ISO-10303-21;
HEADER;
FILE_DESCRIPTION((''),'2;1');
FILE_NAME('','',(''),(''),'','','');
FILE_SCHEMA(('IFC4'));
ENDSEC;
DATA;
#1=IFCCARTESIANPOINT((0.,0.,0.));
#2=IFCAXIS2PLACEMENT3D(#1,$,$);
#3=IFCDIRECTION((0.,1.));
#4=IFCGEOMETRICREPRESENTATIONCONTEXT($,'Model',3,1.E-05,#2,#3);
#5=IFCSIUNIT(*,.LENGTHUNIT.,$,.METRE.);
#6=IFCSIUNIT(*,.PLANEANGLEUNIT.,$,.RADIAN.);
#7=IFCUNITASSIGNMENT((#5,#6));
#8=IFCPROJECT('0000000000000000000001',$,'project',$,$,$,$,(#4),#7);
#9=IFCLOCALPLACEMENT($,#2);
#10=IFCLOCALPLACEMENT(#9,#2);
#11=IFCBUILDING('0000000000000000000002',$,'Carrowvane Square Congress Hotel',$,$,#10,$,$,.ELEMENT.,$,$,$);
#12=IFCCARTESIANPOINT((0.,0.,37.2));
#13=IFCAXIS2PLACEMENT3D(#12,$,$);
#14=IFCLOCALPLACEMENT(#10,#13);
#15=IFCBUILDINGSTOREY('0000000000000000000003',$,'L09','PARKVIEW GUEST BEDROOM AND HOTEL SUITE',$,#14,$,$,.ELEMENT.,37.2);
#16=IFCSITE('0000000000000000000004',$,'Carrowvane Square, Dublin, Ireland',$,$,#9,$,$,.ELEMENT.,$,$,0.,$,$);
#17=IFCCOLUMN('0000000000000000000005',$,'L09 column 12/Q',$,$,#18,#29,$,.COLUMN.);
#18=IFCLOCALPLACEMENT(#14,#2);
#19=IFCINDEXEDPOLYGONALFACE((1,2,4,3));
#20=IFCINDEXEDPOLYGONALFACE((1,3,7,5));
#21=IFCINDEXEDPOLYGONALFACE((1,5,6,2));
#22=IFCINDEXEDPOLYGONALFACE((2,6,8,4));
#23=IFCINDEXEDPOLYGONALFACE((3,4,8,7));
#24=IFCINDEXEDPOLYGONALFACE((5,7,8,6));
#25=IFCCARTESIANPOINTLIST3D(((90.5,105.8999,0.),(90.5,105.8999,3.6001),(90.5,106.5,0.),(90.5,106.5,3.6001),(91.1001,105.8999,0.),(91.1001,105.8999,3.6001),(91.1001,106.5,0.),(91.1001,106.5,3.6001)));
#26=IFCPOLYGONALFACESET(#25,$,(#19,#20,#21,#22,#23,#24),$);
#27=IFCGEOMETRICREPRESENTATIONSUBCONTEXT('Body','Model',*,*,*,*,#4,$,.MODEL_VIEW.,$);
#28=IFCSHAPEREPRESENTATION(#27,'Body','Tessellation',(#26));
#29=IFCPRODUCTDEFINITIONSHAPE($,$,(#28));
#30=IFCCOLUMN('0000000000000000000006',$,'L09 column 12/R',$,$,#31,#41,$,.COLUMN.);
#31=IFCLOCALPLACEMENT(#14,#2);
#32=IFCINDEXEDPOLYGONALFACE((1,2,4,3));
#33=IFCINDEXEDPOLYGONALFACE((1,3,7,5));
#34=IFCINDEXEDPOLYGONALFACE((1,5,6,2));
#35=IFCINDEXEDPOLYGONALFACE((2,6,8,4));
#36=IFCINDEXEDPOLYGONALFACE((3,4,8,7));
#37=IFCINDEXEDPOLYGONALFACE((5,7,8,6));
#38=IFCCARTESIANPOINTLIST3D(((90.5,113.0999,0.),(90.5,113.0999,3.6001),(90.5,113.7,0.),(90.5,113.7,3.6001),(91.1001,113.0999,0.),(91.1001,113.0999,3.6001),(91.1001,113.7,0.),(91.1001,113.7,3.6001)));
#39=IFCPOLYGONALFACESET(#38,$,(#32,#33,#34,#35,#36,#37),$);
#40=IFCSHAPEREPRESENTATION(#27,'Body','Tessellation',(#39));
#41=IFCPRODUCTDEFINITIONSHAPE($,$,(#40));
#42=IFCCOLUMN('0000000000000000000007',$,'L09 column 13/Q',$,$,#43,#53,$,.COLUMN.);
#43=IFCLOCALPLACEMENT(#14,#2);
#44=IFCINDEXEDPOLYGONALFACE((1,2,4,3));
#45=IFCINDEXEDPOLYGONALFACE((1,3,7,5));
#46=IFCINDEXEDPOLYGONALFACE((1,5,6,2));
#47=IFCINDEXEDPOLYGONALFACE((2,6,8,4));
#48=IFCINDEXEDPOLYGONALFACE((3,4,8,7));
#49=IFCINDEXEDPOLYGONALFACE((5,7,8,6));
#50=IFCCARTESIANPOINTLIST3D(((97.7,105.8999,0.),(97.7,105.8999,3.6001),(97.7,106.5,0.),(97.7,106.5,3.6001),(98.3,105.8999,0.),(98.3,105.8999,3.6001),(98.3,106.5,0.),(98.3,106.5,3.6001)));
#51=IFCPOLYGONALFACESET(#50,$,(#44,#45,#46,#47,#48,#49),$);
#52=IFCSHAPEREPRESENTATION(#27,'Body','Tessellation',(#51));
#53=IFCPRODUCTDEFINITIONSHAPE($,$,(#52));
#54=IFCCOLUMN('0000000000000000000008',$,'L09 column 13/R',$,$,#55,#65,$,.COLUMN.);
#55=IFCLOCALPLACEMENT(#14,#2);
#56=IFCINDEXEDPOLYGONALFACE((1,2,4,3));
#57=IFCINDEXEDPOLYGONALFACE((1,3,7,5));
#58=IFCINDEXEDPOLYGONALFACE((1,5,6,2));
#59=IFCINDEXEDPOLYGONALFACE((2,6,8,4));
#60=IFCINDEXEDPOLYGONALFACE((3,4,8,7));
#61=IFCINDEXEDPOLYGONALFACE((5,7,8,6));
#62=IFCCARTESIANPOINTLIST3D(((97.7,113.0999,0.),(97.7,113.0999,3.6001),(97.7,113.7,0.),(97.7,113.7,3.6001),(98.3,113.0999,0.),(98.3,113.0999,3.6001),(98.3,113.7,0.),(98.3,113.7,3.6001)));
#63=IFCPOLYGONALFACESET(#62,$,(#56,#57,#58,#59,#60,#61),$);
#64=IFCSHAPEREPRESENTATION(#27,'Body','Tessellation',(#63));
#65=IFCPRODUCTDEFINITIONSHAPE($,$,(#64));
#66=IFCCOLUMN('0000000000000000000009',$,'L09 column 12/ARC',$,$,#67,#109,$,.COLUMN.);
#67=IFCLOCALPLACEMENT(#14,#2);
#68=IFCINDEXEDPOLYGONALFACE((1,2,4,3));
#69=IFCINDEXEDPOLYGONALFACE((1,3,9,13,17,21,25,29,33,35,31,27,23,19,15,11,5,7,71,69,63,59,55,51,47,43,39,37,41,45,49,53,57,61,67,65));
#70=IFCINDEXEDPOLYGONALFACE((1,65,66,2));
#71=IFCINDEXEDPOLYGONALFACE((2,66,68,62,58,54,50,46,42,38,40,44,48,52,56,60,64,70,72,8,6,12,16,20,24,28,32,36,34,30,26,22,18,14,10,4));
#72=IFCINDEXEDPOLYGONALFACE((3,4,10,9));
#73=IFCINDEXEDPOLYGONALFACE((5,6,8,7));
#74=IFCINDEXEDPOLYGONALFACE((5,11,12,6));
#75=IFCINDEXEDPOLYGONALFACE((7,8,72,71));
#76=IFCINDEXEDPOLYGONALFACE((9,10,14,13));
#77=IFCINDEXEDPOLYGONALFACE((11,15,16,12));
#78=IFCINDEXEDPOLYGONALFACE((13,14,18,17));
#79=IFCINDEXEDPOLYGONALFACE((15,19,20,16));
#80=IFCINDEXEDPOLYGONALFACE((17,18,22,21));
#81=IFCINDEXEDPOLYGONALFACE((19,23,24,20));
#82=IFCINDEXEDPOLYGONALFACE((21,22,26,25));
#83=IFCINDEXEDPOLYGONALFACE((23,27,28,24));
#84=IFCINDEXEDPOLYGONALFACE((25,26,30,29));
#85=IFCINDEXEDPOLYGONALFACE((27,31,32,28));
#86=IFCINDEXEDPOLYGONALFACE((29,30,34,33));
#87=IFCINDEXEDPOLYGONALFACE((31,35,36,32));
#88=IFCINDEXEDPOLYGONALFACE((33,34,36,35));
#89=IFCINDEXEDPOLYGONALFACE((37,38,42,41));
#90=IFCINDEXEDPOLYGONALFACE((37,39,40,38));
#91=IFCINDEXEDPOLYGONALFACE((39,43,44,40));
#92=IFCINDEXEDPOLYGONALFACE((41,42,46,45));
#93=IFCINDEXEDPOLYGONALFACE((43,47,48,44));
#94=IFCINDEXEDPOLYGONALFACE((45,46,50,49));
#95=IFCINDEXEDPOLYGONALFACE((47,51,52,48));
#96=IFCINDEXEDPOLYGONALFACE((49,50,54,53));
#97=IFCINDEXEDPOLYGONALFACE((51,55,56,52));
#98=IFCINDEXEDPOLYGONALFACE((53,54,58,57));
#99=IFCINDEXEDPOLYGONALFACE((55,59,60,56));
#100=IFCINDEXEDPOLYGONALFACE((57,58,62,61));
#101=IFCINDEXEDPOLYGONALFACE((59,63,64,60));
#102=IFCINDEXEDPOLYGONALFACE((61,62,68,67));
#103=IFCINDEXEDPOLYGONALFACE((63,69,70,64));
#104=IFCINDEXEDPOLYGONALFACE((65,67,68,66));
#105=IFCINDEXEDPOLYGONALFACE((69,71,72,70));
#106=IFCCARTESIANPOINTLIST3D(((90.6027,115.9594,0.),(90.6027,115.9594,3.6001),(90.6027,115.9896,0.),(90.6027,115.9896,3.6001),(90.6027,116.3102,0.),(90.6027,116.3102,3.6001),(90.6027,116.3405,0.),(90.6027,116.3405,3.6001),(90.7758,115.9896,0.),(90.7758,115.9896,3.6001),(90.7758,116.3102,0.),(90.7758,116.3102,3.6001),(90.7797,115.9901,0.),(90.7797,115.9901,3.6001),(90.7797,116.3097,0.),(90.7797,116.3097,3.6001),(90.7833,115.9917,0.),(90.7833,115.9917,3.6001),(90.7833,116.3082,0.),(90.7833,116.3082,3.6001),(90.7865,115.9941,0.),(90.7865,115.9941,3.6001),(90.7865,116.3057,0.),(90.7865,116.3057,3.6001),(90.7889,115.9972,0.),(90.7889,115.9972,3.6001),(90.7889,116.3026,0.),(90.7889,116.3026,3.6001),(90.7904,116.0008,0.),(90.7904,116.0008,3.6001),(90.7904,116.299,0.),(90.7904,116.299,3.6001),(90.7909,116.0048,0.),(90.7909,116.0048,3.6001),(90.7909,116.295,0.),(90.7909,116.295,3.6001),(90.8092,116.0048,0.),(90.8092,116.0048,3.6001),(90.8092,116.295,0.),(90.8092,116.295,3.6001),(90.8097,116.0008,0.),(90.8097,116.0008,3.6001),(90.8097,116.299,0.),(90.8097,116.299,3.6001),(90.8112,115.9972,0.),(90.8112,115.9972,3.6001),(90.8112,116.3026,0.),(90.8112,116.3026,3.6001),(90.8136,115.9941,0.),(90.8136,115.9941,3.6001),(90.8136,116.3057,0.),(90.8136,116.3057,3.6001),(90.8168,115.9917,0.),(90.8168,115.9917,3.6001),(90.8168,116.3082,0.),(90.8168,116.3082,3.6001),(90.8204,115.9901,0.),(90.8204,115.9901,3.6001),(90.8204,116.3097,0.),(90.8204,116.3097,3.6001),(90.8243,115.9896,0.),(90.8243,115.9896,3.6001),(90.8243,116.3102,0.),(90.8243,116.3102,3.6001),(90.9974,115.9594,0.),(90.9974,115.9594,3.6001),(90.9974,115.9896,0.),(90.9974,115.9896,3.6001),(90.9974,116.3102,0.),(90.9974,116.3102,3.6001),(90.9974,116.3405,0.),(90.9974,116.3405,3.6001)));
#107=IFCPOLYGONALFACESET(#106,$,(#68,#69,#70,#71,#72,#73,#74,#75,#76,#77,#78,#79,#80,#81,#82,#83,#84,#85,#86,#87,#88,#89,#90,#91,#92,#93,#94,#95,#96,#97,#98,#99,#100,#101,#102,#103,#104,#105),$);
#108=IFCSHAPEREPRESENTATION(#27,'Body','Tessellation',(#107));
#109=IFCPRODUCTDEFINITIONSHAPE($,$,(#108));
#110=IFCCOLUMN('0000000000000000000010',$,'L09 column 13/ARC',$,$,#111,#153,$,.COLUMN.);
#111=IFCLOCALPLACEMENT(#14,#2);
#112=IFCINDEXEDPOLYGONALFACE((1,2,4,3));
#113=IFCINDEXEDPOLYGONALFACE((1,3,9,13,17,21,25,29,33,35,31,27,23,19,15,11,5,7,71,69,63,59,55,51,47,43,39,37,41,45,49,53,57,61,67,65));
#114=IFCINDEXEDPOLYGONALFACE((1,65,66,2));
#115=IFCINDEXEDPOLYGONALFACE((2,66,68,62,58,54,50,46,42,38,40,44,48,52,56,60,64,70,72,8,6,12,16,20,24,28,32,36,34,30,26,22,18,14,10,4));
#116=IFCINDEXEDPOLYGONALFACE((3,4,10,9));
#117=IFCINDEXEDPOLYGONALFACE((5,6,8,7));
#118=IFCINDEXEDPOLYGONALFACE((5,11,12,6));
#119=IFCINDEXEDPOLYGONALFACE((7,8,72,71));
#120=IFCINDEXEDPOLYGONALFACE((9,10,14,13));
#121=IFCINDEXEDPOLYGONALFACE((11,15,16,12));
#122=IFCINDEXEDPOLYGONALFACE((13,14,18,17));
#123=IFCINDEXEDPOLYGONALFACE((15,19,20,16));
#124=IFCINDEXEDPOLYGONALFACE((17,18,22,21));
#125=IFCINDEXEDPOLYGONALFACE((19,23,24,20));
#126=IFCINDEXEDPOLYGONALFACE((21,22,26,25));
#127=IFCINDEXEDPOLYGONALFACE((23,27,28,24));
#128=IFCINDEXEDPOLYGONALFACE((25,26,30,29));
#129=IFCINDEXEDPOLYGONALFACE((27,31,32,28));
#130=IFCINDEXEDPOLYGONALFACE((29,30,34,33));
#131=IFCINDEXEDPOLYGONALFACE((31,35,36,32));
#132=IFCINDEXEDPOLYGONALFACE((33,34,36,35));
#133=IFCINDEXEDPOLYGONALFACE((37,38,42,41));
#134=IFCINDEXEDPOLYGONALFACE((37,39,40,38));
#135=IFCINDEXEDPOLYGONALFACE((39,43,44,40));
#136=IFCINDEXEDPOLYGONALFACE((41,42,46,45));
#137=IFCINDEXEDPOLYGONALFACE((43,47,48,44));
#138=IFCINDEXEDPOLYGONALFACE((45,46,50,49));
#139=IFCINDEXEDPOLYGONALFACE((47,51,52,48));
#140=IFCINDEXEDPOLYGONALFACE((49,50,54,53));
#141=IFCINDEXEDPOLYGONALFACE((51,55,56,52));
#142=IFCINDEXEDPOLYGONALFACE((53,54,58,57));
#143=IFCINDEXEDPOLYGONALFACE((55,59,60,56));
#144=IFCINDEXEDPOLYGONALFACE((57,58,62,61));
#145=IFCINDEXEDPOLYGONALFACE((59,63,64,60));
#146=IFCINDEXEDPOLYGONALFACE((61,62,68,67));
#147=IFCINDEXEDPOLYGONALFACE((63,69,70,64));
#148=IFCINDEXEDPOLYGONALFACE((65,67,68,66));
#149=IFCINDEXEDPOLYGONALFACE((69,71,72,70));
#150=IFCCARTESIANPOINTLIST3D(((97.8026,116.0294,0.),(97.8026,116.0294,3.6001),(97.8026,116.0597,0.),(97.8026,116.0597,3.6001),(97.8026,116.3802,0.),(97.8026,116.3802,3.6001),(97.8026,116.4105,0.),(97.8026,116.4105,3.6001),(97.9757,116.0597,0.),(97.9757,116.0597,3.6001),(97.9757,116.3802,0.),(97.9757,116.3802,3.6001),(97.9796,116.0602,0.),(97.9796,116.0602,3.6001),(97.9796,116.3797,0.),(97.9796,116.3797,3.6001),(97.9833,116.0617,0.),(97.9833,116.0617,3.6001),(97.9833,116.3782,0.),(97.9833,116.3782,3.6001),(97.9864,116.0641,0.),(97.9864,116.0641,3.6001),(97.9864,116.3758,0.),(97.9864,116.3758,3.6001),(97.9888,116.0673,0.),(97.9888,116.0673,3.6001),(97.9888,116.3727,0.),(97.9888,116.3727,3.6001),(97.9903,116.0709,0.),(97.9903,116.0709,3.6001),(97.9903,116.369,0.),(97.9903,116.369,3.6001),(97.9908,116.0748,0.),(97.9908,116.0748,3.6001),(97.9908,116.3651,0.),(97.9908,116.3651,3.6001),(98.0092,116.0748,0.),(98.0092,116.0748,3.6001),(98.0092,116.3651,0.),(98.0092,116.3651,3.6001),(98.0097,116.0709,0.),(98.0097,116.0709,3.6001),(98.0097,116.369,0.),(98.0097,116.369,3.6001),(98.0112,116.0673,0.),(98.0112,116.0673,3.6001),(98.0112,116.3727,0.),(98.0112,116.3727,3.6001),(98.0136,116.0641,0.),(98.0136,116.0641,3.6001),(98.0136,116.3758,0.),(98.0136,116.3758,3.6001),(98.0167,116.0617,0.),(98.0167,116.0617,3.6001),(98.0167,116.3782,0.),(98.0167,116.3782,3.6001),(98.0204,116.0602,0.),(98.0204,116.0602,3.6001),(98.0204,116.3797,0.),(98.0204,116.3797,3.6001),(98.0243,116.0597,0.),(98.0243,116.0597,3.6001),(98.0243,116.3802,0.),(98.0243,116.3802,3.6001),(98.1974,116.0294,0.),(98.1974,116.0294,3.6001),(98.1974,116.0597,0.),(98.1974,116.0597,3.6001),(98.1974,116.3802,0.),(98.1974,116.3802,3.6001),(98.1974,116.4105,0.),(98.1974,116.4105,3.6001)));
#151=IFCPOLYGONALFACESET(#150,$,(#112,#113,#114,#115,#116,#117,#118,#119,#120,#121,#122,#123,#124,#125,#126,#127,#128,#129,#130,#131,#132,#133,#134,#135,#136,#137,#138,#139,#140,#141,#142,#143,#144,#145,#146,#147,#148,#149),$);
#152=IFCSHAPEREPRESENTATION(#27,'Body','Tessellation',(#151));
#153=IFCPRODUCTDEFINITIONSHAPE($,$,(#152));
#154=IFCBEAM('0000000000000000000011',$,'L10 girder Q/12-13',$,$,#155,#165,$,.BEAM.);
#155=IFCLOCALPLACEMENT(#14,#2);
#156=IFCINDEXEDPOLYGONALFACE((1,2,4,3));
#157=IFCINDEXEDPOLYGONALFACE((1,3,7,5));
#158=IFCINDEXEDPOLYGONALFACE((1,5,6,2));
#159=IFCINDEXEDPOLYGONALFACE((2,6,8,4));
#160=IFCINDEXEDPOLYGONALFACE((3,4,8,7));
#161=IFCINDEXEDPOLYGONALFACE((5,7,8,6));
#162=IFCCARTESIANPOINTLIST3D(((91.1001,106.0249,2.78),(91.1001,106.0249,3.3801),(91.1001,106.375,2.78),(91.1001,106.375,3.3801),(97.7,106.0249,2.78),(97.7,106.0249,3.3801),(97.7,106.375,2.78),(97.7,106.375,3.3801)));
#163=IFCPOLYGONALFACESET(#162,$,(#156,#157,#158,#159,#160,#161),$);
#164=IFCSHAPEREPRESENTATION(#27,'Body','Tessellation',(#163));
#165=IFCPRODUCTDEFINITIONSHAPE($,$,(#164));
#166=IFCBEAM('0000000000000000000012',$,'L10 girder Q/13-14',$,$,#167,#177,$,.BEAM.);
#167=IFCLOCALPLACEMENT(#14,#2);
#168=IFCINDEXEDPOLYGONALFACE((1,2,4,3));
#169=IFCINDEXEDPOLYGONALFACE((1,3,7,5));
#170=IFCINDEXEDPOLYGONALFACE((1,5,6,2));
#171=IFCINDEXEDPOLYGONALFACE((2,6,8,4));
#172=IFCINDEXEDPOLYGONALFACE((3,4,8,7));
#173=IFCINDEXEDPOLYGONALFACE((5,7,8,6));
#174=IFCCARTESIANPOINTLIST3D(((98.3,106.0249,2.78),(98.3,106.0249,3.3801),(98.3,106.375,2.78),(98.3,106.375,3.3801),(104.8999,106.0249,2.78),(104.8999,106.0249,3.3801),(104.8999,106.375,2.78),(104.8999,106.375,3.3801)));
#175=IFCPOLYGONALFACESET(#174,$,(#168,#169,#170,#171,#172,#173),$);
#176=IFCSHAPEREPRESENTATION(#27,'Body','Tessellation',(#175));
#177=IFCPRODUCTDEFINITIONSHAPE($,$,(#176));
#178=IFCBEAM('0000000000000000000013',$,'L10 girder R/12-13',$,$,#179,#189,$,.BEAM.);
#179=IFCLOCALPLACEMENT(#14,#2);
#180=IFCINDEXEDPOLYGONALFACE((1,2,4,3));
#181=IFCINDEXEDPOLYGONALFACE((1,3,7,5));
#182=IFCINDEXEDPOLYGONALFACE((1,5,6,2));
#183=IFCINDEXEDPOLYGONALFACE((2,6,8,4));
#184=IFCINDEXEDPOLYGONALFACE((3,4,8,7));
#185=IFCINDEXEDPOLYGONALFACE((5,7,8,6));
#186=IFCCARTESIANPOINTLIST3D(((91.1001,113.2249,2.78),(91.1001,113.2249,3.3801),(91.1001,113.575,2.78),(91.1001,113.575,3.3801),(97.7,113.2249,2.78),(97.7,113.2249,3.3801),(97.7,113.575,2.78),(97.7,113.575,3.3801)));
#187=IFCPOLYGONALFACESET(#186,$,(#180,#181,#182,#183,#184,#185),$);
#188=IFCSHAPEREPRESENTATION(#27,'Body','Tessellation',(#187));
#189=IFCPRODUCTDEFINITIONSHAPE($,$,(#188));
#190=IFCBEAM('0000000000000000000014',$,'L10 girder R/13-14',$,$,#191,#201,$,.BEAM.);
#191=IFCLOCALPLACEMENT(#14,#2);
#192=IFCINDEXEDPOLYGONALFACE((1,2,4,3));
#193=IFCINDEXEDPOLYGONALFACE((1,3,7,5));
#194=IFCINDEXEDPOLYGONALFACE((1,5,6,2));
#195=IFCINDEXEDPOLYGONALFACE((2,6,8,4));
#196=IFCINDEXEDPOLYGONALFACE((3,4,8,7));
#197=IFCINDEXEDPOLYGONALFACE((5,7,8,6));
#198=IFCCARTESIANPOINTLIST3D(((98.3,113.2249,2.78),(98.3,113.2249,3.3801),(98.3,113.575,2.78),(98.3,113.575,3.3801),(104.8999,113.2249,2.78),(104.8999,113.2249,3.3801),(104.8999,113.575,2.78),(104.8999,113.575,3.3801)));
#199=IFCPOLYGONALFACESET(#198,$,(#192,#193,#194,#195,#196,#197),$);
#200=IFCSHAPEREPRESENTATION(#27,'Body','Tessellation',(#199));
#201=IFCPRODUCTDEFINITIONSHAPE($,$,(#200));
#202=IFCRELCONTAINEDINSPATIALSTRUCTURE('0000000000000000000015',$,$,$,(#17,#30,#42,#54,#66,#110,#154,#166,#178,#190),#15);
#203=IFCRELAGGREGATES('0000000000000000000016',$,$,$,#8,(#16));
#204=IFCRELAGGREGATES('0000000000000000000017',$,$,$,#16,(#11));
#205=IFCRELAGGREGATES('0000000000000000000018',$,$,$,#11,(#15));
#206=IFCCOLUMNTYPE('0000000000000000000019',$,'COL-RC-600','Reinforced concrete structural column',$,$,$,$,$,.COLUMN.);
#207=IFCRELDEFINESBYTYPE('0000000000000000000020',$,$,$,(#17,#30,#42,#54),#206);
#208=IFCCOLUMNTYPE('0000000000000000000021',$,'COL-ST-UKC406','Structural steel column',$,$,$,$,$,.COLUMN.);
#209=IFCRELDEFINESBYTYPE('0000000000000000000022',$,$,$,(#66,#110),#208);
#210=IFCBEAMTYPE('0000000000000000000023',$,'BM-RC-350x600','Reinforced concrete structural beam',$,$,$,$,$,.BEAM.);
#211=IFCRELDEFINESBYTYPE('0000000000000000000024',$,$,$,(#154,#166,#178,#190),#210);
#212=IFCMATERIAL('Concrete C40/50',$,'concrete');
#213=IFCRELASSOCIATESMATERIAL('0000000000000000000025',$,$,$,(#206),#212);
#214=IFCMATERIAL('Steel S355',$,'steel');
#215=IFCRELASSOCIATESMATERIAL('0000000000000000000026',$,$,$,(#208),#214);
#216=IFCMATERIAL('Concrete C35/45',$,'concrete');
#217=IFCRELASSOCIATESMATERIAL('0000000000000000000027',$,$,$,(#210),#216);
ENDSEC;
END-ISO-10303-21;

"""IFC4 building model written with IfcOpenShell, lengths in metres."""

from ifc_helpers import new_model, si_unit, direction, frame, origin, origin_2d, place, context, subcontext, project, spatial, rectangle, i_section, extrude, material, material_profile, profile_set, type_object, element, save


model = new_model("IFC4")

# Units and contexts
model_context = context("Model", 3, precision=1e-05, world=origin(), true_north=direction((0.0, 1.0)))
body_context = subcontext(model_context, "Body", "Model", "MODEL_VIEW")
ifc_project = project(units=[si_unit("LENGTHUNIT", "METRE"), si_unit("PLANEANGLEUNIT", "RADIAN")], contexts=[model_context])

# Site, building, storey
site_placement = place(None, origin())
site = spatial("IfcSite", under=ifc_project, at=site_placement, Name="Carrowvane Square, Dublin, Ireland", CompositionType="ELEMENT", RefElevation=0.0)
building_placement = place(site_placement, origin())
building = spatial("IfcBuilding", under=site, at=building_placement, Name="Carrowvane Square Congress Hotel", CompositionType="ELEMENT")
storey_placement = place(building_placement, frame((0.0, 0.0, 37.2)))
storey = spatial("IfcBuildingStorey", under=building, at=storey_placement, Name="L09", Description="PARKVIEW GUEST BEDROOM AND HOTEL SUITE", CompositionType="ELEMENT", Elevation=37.2)

# Columns
ifc_material_1 = material(Name="Concrete C40/50", Category="concrete")
ifc_material_profile_1 = material_profile(ifc_material_1, rectangle(XDim=0.6001, YDim=0.6001, at=origin_2d()), Name="RC 600x600")
ifc_profile_set_1 = profile_set([ifc_material_profile_1], Name="Concrete C40/50")
column_type_1 = type_object("IfcColumnType", Name="COL-RC-600", Description="Reinforced concrete structural column", PredefinedType="COLUMN", material=ifc_profile_set_1)
for number, where, z_axis, x_axis, name in (
    (1, (90.8, 106.2, 0.0), (0.0, 0.0, 1.0), (1.0, 0.0, 0.0), "L09 column 12/Q"),
    (2, (90.8, 113.3999, 0.0), (0.0, 0.0, 1.0), (1.0, 0.0, 0.0), "L09 column 12/R"),
    (3, (98.0, 106.2, 0.0), (0.0, 0.0, 1.0), (1.0, 0.0, 0.0), "L09 column 13/Q"),
    (4, (98.0, 113.3999, 0.0), (0.0, 0.0, 1.0), (1.0, 0.0, 0.0), "L09 column 13/R"),
):
    element("IfcColumn", number, at=place(storey_placement, frame(where, z_axis=z_axis, x_axis=x_axis)), inside=storey, type_object=column_type_1, Name=name, PredefinedType="COLUMN", context=body_context, shape_type="SweptSolid", body=[
        extrude(rectangle(XDim=0.6001, YDim=0.6001, at=origin_2d()), origin(), (0.0, 0.0, 1.0), 3.6001),
    ])
ifc_material_2 = material(Name="Steel S355", Category="steel")
ifc_material_profile_2 = material_profile(ifc_material_2, i_section(OverallWidth=0.3948, OverallDepth=0.3811, WebThickness=0.0183, FlangeThickness=0.0303, FilletRadius=0.0151, at=origin_2d()), Name="UKC 356x406x235")
ifc_profile_set_2 = profile_set([ifc_material_profile_2], Name="Steel S355")
column_type_2 = type_object("IfcColumnType", Name="COL-ST-UKC406", Description="Structural steel column", PredefinedType="COLUMN", material=ifc_profile_set_2)
for number, where, z_axis, x_axis, name in (
    (5, (90.8, 116.1499, 0.0), (0.0, 0.0, 1.0), (1.0, 0.0, 0.0), "L09 column 12/ARC"),
    (6, (98.0, 116.22, 0.0), (0.0, 0.0, 1.0), (1.0, 0.0, 0.0), "L09 column 13/ARC"),
):
    element("IfcColumn", number, at=place(storey_placement, frame(where, z_axis=z_axis, x_axis=x_axis)), inside=storey, type_object=column_type_2, Name=name, PredefinedType="COLUMN", context=body_context, shape_type="SweptSolid", body=[
        extrude(i_section(OverallWidth=0.3948, OverallDepth=0.3811, WebThickness=0.0183, FlangeThickness=0.0303, FilletRadius=0.0151, at=origin_2d()), origin(), (0.0, 0.0, 1.0), 3.6001),
    ])

# Beams
ifc_material_3 = material(Name="Concrete C35/45", Category="concrete")
ifc_material_profile_3 = material_profile(ifc_material_3, rectangle(XDim=0.3501, YDim=0.6001, at=origin_2d()), Name="RC 350x600")
ifc_profile_set_3 = profile_set([ifc_material_profile_3], Name="Concrete C35/45")
beam_type_1 = type_object("IfcBeamType", Name="BM-RC-350x600", Description="Reinforced concrete structural beam", PredefinedType="BEAM", material=ifc_profile_set_3)
for number, where, z_axis, x_axis, name in (
    (7, (91.1001, 106.2, 3.0801), (1.0, 0.0, 0.0), (0.0, 1.0, 0.0), "L10 girder Q/12-13"),
    (8, (98.3, 106.2, 3.0801), (1.0, 0.0, 0.0), (0.0, 1.0, 0.0), "L10 girder Q/13-14"),
    (9, (91.1001, 113.3999, 3.0801), (1.0, 0.0, 0.0), (0.0, 1.0, 0.0), "L10 girder R/12-13"),
    (10, (98.3, 113.3999, 3.0801), (1.0, 0.0, 0.0), (0.0, 1.0, 0.0), "L10 girder R/13-14"),
):
    element("IfcBeam", number, at=place(storey_placement, frame(where, z_axis=z_axis, x_axis=x_axis)), inside=storey, type_object=beam_type_1, Name=name, PredefinedType="BEAM", context=body_context, shape_type="SweptSolid", body=[
        extrude(rectangle(XDim=0.3501, YDim=0.6001, at=origin_2d()), origin(), (0.0, 0.0, 1.0), 6.5999),
    ])

save(model, "model.ifc")
